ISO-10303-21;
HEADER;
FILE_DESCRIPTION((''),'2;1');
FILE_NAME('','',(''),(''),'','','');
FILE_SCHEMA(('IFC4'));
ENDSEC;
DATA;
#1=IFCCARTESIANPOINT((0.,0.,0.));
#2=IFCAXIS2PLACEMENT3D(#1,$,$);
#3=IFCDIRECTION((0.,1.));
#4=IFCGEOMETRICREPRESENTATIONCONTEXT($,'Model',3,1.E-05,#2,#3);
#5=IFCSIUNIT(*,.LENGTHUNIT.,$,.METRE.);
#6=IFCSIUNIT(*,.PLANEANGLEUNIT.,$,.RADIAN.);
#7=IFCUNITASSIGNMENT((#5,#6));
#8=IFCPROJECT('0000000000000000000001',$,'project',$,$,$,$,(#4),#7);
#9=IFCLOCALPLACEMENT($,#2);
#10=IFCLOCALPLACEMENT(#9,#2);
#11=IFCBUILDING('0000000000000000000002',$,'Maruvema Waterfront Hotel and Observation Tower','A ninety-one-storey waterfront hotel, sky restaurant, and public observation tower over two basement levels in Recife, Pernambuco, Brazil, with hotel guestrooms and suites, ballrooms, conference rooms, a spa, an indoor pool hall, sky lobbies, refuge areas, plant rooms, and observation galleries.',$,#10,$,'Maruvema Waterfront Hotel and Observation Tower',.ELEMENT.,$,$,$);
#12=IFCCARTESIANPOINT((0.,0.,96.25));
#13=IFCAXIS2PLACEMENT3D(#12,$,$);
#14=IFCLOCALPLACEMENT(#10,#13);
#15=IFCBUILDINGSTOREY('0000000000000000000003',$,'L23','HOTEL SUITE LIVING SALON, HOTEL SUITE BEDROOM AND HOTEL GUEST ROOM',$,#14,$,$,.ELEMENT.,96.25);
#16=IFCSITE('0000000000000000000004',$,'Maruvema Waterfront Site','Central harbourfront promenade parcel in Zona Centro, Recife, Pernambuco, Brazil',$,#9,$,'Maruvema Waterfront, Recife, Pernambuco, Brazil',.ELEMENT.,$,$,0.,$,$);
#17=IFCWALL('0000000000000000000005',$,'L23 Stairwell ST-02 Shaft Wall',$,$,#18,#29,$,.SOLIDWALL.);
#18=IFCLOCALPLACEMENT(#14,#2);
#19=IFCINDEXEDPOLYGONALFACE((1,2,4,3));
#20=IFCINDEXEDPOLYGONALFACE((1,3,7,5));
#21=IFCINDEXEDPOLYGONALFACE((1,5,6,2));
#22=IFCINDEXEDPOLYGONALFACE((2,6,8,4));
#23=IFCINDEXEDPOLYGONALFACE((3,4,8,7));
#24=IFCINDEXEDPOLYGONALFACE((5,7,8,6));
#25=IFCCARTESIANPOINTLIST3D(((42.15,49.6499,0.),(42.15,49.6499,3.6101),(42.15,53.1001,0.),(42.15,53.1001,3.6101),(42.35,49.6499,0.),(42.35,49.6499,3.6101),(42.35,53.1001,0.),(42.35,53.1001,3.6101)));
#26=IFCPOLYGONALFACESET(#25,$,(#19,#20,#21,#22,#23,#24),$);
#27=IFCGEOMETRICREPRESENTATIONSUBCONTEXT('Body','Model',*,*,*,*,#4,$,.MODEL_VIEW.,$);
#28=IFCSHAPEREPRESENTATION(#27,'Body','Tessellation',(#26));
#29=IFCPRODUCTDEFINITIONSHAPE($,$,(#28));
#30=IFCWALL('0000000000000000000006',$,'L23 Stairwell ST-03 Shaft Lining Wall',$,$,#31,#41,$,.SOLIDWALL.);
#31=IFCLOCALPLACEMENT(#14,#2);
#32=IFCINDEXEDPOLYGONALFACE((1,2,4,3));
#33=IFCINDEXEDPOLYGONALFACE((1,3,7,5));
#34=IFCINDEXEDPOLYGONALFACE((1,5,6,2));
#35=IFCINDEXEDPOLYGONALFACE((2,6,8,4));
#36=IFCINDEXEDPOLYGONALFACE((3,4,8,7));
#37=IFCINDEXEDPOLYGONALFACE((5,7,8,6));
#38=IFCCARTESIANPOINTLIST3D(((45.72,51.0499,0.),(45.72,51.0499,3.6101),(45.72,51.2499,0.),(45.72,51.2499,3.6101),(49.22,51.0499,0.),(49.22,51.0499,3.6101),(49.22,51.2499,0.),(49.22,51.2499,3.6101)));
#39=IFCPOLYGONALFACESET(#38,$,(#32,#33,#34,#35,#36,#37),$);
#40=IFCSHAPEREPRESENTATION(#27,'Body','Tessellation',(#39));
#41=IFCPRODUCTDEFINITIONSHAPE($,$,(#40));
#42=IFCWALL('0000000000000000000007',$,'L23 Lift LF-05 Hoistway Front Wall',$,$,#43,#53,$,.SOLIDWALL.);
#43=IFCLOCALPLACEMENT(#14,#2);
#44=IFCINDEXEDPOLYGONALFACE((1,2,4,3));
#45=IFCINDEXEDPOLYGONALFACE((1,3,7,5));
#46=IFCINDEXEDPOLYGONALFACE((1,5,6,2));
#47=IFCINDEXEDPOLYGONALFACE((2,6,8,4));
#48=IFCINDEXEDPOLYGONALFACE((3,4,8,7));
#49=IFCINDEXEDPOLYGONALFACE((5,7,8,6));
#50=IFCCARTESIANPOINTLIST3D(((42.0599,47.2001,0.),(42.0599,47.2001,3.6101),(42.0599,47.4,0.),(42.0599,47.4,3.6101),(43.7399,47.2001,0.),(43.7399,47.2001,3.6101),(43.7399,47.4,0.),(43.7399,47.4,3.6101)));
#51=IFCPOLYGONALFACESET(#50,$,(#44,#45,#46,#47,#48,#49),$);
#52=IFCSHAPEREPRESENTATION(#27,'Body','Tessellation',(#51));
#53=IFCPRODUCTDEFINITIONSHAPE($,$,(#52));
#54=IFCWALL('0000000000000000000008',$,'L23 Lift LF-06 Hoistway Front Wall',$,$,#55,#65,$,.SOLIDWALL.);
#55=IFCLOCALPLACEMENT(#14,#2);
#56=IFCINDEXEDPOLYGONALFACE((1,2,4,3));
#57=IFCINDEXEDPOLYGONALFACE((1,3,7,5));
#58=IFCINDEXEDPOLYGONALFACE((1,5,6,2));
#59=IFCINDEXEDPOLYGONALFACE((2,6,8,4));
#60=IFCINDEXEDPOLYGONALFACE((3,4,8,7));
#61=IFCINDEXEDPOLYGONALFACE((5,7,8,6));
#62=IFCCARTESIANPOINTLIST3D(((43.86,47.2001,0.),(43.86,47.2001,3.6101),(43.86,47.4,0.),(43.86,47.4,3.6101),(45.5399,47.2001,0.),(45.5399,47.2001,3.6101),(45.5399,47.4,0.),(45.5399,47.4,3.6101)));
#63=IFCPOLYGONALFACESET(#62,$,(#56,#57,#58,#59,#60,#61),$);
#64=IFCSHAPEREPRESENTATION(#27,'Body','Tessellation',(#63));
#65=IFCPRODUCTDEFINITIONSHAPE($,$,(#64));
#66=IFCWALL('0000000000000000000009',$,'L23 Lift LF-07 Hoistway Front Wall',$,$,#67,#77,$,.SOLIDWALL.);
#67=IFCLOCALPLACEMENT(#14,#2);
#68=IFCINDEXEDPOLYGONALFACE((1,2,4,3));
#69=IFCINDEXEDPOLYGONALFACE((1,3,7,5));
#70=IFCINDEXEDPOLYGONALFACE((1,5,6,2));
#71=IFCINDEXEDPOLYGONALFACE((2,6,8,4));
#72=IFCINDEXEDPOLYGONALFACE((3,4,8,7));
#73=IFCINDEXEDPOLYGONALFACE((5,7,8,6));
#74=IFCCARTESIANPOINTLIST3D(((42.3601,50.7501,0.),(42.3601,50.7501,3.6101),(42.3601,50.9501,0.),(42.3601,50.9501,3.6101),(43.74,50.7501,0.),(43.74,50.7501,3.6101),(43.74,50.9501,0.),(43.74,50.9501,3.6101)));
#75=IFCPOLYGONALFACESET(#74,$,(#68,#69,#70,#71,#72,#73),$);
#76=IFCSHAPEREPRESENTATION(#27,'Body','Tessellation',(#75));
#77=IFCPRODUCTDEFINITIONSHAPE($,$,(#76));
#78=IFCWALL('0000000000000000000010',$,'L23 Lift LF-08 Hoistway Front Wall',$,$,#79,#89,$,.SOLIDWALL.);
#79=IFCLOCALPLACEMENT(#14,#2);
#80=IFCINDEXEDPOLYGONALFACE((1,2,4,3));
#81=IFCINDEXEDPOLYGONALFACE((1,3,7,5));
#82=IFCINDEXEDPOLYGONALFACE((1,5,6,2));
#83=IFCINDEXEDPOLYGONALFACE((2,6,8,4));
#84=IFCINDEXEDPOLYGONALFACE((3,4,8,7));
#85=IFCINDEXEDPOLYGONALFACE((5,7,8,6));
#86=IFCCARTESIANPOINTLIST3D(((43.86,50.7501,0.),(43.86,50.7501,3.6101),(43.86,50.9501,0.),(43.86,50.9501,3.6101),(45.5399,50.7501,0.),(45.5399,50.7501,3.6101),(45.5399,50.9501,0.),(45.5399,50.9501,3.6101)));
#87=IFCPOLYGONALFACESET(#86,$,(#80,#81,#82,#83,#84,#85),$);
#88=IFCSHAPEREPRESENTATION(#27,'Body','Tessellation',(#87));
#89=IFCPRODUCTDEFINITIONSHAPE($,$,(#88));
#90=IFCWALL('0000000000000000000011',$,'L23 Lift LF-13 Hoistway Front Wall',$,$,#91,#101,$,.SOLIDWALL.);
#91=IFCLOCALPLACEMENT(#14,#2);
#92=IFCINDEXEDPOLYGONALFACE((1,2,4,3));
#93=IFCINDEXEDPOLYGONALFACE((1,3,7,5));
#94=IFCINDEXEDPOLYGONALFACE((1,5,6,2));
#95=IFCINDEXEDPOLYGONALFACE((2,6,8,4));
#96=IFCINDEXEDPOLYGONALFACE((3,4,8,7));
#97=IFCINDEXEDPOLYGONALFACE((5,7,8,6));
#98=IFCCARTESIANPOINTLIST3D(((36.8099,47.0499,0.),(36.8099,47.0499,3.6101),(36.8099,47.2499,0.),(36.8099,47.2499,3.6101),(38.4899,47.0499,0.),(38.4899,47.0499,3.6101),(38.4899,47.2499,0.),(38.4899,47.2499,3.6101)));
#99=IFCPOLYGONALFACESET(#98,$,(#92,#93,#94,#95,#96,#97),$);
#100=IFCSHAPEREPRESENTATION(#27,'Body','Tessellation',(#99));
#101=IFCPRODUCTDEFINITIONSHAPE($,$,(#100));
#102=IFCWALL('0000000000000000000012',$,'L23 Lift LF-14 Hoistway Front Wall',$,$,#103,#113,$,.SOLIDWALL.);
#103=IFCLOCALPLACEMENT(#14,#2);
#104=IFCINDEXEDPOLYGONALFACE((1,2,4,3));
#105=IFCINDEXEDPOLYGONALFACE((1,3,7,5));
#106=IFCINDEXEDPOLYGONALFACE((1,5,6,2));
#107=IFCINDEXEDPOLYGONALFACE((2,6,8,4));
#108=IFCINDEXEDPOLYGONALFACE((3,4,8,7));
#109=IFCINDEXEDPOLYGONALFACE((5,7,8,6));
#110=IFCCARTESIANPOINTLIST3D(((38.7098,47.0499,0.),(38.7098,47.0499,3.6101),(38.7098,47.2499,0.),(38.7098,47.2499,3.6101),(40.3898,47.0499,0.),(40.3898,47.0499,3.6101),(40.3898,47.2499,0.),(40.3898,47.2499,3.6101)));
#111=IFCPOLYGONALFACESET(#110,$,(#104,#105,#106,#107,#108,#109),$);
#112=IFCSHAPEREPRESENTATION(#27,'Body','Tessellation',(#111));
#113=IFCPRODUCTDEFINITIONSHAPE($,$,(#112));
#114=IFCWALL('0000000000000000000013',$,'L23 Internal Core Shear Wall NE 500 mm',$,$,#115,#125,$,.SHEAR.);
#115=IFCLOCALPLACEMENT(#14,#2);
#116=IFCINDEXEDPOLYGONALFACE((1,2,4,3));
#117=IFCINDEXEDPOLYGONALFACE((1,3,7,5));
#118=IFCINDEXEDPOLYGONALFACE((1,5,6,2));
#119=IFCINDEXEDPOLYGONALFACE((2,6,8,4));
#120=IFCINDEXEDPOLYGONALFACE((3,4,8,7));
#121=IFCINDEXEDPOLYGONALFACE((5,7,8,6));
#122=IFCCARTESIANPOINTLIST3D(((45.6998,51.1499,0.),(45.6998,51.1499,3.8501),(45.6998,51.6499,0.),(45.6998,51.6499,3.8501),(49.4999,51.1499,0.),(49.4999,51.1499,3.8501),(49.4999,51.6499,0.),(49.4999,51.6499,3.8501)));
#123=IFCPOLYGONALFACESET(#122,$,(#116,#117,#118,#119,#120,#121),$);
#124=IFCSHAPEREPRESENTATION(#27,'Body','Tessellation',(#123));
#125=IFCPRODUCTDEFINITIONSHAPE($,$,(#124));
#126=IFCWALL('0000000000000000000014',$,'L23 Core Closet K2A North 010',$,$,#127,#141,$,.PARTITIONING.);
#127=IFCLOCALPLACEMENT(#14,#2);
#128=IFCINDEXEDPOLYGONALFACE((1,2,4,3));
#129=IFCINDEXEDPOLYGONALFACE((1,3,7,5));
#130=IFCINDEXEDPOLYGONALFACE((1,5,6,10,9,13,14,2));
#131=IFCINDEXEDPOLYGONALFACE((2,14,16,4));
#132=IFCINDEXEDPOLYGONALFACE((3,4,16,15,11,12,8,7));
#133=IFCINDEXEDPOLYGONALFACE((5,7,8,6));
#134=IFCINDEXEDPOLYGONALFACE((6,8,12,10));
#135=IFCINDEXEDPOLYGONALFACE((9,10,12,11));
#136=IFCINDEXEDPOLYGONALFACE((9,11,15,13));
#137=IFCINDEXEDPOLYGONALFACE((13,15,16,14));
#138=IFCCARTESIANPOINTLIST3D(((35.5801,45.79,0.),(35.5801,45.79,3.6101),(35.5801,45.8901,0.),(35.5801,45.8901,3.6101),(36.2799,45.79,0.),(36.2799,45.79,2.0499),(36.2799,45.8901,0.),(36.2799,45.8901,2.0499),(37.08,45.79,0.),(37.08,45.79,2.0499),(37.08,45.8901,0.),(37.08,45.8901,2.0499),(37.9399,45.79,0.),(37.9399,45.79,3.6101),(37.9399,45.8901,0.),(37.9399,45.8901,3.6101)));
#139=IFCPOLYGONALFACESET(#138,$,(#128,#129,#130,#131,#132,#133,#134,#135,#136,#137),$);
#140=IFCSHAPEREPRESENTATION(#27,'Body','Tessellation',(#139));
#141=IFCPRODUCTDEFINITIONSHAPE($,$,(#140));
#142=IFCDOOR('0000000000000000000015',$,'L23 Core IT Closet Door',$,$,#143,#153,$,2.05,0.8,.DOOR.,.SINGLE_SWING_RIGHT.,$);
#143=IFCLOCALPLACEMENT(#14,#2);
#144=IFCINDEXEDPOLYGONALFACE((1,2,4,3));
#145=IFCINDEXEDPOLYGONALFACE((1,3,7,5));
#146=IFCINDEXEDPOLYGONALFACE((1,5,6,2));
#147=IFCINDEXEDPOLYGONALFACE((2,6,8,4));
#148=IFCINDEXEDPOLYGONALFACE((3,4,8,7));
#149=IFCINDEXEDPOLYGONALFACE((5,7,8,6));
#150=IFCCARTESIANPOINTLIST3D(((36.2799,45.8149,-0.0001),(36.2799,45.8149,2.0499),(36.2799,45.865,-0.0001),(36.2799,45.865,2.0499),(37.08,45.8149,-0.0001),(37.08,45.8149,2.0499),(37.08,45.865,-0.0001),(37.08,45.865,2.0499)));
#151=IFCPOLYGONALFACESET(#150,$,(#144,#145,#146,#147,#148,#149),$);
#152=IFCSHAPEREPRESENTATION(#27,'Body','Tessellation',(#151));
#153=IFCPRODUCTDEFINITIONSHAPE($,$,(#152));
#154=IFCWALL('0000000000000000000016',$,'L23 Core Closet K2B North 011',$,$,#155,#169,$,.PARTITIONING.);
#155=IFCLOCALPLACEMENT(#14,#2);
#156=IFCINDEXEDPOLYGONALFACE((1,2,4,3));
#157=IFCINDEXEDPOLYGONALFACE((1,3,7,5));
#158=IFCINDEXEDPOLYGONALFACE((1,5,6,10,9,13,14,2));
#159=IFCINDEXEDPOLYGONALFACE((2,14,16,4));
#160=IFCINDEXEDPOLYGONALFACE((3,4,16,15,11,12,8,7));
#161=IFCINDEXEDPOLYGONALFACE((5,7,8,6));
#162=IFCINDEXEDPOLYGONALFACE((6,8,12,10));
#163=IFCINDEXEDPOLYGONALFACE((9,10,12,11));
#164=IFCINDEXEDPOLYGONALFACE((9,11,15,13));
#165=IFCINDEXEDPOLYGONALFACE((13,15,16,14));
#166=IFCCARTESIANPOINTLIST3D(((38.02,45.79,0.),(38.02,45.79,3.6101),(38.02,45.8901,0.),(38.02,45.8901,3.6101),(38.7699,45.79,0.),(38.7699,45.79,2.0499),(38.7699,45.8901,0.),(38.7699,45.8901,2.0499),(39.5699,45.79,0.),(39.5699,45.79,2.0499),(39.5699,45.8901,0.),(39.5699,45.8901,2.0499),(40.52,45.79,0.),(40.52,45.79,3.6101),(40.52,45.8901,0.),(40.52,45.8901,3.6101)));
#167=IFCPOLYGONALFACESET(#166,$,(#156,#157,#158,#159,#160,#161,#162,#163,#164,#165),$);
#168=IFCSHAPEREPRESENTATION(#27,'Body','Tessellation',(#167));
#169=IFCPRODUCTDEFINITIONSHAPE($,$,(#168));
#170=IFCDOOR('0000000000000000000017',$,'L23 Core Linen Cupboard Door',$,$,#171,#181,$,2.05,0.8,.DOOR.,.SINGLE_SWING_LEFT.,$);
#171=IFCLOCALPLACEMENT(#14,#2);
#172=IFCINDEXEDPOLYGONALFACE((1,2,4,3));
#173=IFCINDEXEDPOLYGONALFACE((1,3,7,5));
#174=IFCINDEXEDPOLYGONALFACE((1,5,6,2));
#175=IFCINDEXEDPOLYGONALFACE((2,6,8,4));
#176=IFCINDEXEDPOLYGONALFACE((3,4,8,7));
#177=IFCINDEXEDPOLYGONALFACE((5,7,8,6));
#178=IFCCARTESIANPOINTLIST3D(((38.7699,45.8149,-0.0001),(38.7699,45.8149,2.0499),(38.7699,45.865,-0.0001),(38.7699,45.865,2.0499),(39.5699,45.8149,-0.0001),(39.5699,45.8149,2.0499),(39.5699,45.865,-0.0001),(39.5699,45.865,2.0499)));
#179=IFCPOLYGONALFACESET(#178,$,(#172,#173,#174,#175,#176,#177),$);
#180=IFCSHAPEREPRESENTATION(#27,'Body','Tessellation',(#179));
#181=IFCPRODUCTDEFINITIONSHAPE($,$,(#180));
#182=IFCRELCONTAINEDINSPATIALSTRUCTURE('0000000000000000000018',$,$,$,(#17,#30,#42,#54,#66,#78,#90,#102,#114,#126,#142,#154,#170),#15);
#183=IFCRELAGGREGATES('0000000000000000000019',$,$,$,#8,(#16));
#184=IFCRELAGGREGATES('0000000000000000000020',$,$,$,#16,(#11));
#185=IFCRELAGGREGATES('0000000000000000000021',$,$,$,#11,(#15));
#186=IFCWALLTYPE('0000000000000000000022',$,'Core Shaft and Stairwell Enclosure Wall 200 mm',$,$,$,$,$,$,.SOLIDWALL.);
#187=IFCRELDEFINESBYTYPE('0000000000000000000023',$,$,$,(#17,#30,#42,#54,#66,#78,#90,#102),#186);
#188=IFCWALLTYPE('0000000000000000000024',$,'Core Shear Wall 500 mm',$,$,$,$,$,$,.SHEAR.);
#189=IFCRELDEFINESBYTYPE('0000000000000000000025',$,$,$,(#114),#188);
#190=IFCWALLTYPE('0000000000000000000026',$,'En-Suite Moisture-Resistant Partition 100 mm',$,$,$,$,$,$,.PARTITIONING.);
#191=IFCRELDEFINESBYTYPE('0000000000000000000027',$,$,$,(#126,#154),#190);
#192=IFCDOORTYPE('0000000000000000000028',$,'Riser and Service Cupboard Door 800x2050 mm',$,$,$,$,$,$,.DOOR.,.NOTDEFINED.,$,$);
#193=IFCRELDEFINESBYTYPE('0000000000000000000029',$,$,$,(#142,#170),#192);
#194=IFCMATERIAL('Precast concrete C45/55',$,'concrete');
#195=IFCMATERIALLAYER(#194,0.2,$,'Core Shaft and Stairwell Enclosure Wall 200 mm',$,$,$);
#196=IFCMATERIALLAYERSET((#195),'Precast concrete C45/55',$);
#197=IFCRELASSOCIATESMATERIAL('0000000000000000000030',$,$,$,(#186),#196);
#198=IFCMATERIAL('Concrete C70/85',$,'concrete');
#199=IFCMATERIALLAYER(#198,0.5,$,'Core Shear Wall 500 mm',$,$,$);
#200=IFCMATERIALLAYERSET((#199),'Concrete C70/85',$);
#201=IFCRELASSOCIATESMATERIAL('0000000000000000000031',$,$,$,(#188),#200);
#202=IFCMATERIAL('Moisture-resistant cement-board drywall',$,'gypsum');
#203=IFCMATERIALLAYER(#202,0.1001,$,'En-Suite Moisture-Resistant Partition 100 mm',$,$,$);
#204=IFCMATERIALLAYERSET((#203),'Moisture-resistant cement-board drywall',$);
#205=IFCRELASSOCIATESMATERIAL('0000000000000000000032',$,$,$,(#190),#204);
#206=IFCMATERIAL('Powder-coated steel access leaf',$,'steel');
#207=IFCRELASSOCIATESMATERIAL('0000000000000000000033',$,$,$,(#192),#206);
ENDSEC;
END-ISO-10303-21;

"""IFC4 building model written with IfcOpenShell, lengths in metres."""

from ifc_helpers import new_model, si_unit, direction, frame, frame_2d, origin, place, context, subcontext, project, spatial, rectangle, extrude, material, layer, layer_set, type_object, element, fill, save


model = new_model("IFC4")

# Units and contexts
model_context = context("Model", 3, precision=1e-05, world=origin(), true_north=direction((0.0, 1.0)))
body_context = subcontext(model_context, "Body", "Model", "MODEL_VIEW")
ifc_project = project(units=[si_unit("LENGTHUNIT", "METRE"), si_unit("PLANEANGLEUNIT", "RADIAN")], contexts=[model_context])

# Site, building, storey
site_placement = place(None, origin())
site = spatial("IfcSite", under=ifc_project, at=site_placement, Name="Maruvema Waterfront Site", Description="Central harbourfront promenade parcel in Zona Centro, Recife, Pernambuco, Brazil", LongName="Maruvema Waterfront, Recife, Pernambuco, Brazil", CompositionType="ELEMENT", RefElevation=0.0)
building_placement = place(site_placement, origin())
building = spatial("IfcBuilding", under=site, at=building_placement, Name="Maruvema Waterfront Hotel and Observation Tower", Description="A ninety-one-storey waterfront hotel, sky restaurant, and public observation tower over two basement levels in Recife, Pernambuco, Brazil, with hotel guestrooms and suites, ballrooms, conference rooms, a spa, an indoor pool hall, sky lobbies, refuge areas, plant rooms, and observation galleries.", LongName="Maruvema Waterfront Hotel and Observation Tower", CompositionType="ELEMENT")
storey_placement = place(building_placement, frame((0.0, 0.0, 96.25)))
storey = spatial("IfcBuildingStorey", under=building, at=storey_placement, Name="L23", Description="HOTEL SUITE LIVING SALON, HOTEL SUITE BEDROOM AND HOTEL GUEST ROOM", CompositionType="ELEMENT", Elevation=96.25)

# Walls
ifc_material_1 = material(Name="Precast concrete C45/55", Category="concrete")
ifc_layer_1 = layer(ifc_material_1, 0.2, Name="Core Shaft and Stairwell Enclosure Wall 200 mm")
ifc_layer_set_1 = layer_set([ifc_layer_1], Name="Precast concrete C45/55")
wall_type_1 = type_object("IfcWallType", Name="Core Shaft and Stairwell Enclosure Wall 200 mm", PredefinedType="SOLIDWALL", material=ifc_layer_set_1)
wall_1_placement = place(storey_placement, frame((42.25, 49.6499, 0.0), z_axis=(0.0, 0.0, 1.0), x_axis=(0.0, 1.0, 0.0)))
element("IfcWall", 1, at=wall_1_placement, inside=storey, type_object=wall_type_1, Name="L23 Stairwell ST-02 Shaft Wall", PredefinedType="SOLIDWALL", context=body_context, shape_type="SweptSolid", body=[
    extrude(rectangle(XDim=3.4502, YDim=0.2, at=frame_2d((1.7251, 0.0))), origin(), (0.0, 0.0, 1.0), 3.6101),
])
wall_2_placement = place(storey_placement, frame((45.72, 51.1499, 0.0), z_axis=(0.0, 0.0, 1.0), x_axis=(1.0, 0.0, 0.0)))
element("IfcWall", 2, at=wall_2_placement, inside=storey, type_object=wall_type_1, Name="L23 Stairwell ST-03 Shaft Lining Wall", PredefinedType="SOLIDWALL", context=body_context, shape_type="SweptSolid", body=[
    extrude(rectangle(XDim=3.5, YDim=0.2, at=frame_2d((1.75, 0.0))), origin(), (0.0, 0.0, 1.0), 3.6101),
])
for number, where, z_axis, x_axis, name in (
    (3, (42.0601, 47.3, 0.0), (0.0, 0.0, 1.0), (1.0, 0.0, 0.0), "L23 Lift LF-05 Hoistway Front Wall"),
    (4, (43.8601, 47.3, 0.0), (0.0, 0.0, 1.0), (1.0, 0.0, 0.0), "L23 Lift LF-06 Hoistway Front Wall"),
):
    element("IfcWall", number, at=place(storey_placement, frame(where, z_axis=z_axis, x_axis=x_axis)), inside=storey, type_object=wall_type_1, Name=name, PredefinedType="SOLIDWALL", context=body_context, shape_type="SweptSolid", body=[
        extrude(rectangle(XDim=1.6799, YDim=0.2, at=frame_2d((0.8398, 0.0))), origin(), (0.0, 0.0, 1.0), 3.6101),
    ])
wall_3_placement = place(storey_placement, frame((42.3601, 50.8501, 0.0), z_axis=(0.0, 0.0, 1.0), x_axis=(1.0, 0.0, 0.0)))
element("IfcWall", 5, at=wall_3_placement, inside=storey, type_object=wall_type_1, Name="L23 Lift LF-07 Hoistway Front Wall", PredefinedType="SOLIDWALL", context=body_context, shape_type="SweptSolid", body=[
    extrude(rectangle(XDim=1.3799, YDim=0.2, at=frame_2d((0.6899, 0.0))), origin(), (0.0, 0.0, 1.0), 3.6101),
])
for number, where, z_axis, x_axis, name in (
    (6, (43.8601, 50.8501, 0.0), (0.0, 0.0, 1.0), (1.0, 0.0, 0.0), "L23 Lift LF-08 Hoistway Front Wall"),
    (7, (36.8101, 47.1499, 0.0), (0.0, 0.0, 1.0), (1.0, 0.0, 0.0), "L23 Lift LF-13 Hoistway Front Wall"),
    (8, (38.71, 47.1499, 0.0), (0.0, 0.0, 1.0), (1.0, 0.0, 0.0), "L23 Lift LF-14 Hoistway Front Wall"),
):
    element("IfcWall", number, at=place(storey_placement, frame(where, z_axis=z_axis, x_axis=x_axis)), inside=storey, type_object=wall_type_1, Name=name, PredefinedType="SOLIDWALL", context=body_context, shape_type="SweptSolid", body=[
        extrude(rectangle(XDim=1.6799, YDim=0.2, at=frame_2d((0.8398, 0.0))), origin(), (0.0, 0.0, 1.0), 3.6101),
    ])
ifc_material_2 = material(Name="Concrete C70/85", Category="concrete")
ifc_layer_2 = layer(ifc_material_2, 0.5, Name="Core Shear Wall 500 mm")
ifc_layer_set_2 = layer_set([ifc_layer_2], Name="Concrete C70/85")
wall_type_2 = type_object("IfcWallType", Name="Core Shear Wall 500 mm", PredefinedType="SHEAR", material=ifc_layer_set_2)
wall_4_placement = place(storey_placement, frame((45.7, 51.3999, 0.0), z_axis=(0.0, 0.0, 1.0), x_axis=(1.0, 0.0, 0.0)))
element("IfcWall", 9, at=wall_4_placement, inside=storey, type_object=wall_type_2, Name="L23 Internal Core Shear Wall NE 500 mm", PredefinedType="SHEAR", context=body_context, shape_type="SweptSolid", body=[
    extrude(rectangle(XDim=3.8, YDim=0.5, at=frame_2d((1.8999, 0.0))), origin(), (0.0, 0.0, 1.0), 3.8501),
])

# Walls, openings, doors
ifc_material_3 = material(Name="Moisture-resistant cement-board drywall", Category="gypsum")
ifc_layer_3 = layer(ifc_material_3, 0.1001, Name="En-Suite Moisture-Resistant Partition 100 mm")
ifc_layer_set_3 = layer_set([ifc_layer_3], Name="Moisture-resistant cement-board drywall")
wall_type_3 = type_object("IfcWallType", Name="En-Suite Moisture-Resistant Partition 100 mm", PredefinedType="PARTITIONING", material=ifc_layer_set_3)
wall_5_placement = place(storey_placement, frame((35.5801, 45.8401, 0.0), z_axis=(0.0, 0.0, 1.0), x_axis=(1.0, 0.0, 0.0)))
wall_5 = element("IfcWall", 10, at=wall_5_placement, inside=storey, type_object=wall_type_3, Name="L23 Core Closet K2A North 010", PredefinedType="PARTITIONING", context=body_context, shape_type="SweptSolid", body=[
    extrude(rectangle(XDim=2.3599, YDim=0.1001, at=frame_2d((1.1799, 0.0))), origin(), (0.0, 0.0, 1.0), 3.6101),
])
opening_1_placement = place(wall_5_placement, frame((0.7, 0.0, 0.0)))
opening_1 = element("IfcOpeningElement", 11, at=opening_1_placement, cuts=wall_5, PredefinedType="OPENING", context=body_context, shape_type="SweptSolid", body=[
    extrude(rectangle(XDim=0.8, YDim=2.05, at=frame_2d((0.3999, 1.0249))), frame((0.0, 0.0601, 0.0), z_axis=(0.0, -1.0, 0.0), x_axis=(1.0, 0.0, 0.0)), (0.0, 0.0, 1.0), 0.1201),
])
ifc_material_4 = material(Name="Powder-coated steel access leaf", Category="steel")
door_type = type_object("IfcDoorType", Name="Riser and Service Cupboard Door 800x2050 mm", OperationType="NOTDEFINED", PredefinedType="DOOR", material=ifc_material_4)
door_1_placement = place(opening_1_placement, origin())
door_1 = element("IfcDoor", 12, at=door_1_placement, inside=storey, type_object=door_type, Name="L23 Core IT Closet Door", OperationType="SINGLE_SWING_RIGHT", OverallHeight=2.05, OverallWidth=0.8, PredefinedType="DOOR", context=body_context, shape_type="SweptSolid", body=[
    extrude(rectangle(XDim=0.8, YDim=2.05, at=frame_2d((0.3999, 1.0249))), frame((0.0, 0.0249, 0.0), z_axis=(0.0, -1.0, 0.0), x_axis=(1.0, 0.0, 0.0)), (0.0, 0.0, 1.0), 0.05),
])
fill(opening_1, door_1)
wall_6_placement = place(storey_placement, frame((38.02, 45.8401, 0.0), z_axis=(0.0, 0.0, 1.0), x_axis=(1.0, 0.0, 0.0)))
wall_6 = element("IfcWall", 13, at=wall_6_placement, inside=storey, type_object=wall_type_3, Name="L23 Core Closet K2B North 011", PredefinedType="PARTITIONING", context=body_context, shape_type="SweptSolid", body=[
    extrude(rectangle(XDim=2.5, YDim=0.1001, at=frame_2d((1.25, 0.0))), origin(), (0.0, 0.0, 1.0), 3.6101),
])
opening_2_placement = place(wall_6_placement, frame((0.75, 0.0, 0.0)))
opening_2 = element("IfcOpeningElement", 14, at=opening_2_placement, cuts=wall_6, PredefinedType="OPENING", context=body_context, shape_type="SweptSolid", body=[
    extrude(rectangle(XDim=0.8, YDim=2.05, at=frame_2d((0.3999, 1.0249))), frame((0.0, 0.0601, 0.0), z_axis=(0.0, -1.0, 0.0), x_axis=(1.0, 0.0, 0.0)), (0.0, 0.0, 1.0), 0.1201),
])
door_2_placement = place(opening_2_placement, origin())
door_2 = element("IfcDoor", 15, at=door_2_placement, inside=storey, type_object=door_type, Name="L23 Core Linen Cupboard Door", OperationType="SINGLE_SWING_LEFT", OverallHeight=2.05, OverallWidth=0.8, PredefinedType="DOOR", context=body_context, shape_type="SweptSolid", body=[
    extrude(rectangle(XDim=0.8, YDim=2.05, at=frame_2d((0.3999, 1.0249))), frame((0.0, 0.0249, 0.0), z_axis=(0.0, -1.0, 0.0), x_axis=(1.0, 0.0, 0.0)), (0.0, 0.0, 1.0), 0.05),
])
fill(opening_2, door_2)

save(model, "model.ifc")
